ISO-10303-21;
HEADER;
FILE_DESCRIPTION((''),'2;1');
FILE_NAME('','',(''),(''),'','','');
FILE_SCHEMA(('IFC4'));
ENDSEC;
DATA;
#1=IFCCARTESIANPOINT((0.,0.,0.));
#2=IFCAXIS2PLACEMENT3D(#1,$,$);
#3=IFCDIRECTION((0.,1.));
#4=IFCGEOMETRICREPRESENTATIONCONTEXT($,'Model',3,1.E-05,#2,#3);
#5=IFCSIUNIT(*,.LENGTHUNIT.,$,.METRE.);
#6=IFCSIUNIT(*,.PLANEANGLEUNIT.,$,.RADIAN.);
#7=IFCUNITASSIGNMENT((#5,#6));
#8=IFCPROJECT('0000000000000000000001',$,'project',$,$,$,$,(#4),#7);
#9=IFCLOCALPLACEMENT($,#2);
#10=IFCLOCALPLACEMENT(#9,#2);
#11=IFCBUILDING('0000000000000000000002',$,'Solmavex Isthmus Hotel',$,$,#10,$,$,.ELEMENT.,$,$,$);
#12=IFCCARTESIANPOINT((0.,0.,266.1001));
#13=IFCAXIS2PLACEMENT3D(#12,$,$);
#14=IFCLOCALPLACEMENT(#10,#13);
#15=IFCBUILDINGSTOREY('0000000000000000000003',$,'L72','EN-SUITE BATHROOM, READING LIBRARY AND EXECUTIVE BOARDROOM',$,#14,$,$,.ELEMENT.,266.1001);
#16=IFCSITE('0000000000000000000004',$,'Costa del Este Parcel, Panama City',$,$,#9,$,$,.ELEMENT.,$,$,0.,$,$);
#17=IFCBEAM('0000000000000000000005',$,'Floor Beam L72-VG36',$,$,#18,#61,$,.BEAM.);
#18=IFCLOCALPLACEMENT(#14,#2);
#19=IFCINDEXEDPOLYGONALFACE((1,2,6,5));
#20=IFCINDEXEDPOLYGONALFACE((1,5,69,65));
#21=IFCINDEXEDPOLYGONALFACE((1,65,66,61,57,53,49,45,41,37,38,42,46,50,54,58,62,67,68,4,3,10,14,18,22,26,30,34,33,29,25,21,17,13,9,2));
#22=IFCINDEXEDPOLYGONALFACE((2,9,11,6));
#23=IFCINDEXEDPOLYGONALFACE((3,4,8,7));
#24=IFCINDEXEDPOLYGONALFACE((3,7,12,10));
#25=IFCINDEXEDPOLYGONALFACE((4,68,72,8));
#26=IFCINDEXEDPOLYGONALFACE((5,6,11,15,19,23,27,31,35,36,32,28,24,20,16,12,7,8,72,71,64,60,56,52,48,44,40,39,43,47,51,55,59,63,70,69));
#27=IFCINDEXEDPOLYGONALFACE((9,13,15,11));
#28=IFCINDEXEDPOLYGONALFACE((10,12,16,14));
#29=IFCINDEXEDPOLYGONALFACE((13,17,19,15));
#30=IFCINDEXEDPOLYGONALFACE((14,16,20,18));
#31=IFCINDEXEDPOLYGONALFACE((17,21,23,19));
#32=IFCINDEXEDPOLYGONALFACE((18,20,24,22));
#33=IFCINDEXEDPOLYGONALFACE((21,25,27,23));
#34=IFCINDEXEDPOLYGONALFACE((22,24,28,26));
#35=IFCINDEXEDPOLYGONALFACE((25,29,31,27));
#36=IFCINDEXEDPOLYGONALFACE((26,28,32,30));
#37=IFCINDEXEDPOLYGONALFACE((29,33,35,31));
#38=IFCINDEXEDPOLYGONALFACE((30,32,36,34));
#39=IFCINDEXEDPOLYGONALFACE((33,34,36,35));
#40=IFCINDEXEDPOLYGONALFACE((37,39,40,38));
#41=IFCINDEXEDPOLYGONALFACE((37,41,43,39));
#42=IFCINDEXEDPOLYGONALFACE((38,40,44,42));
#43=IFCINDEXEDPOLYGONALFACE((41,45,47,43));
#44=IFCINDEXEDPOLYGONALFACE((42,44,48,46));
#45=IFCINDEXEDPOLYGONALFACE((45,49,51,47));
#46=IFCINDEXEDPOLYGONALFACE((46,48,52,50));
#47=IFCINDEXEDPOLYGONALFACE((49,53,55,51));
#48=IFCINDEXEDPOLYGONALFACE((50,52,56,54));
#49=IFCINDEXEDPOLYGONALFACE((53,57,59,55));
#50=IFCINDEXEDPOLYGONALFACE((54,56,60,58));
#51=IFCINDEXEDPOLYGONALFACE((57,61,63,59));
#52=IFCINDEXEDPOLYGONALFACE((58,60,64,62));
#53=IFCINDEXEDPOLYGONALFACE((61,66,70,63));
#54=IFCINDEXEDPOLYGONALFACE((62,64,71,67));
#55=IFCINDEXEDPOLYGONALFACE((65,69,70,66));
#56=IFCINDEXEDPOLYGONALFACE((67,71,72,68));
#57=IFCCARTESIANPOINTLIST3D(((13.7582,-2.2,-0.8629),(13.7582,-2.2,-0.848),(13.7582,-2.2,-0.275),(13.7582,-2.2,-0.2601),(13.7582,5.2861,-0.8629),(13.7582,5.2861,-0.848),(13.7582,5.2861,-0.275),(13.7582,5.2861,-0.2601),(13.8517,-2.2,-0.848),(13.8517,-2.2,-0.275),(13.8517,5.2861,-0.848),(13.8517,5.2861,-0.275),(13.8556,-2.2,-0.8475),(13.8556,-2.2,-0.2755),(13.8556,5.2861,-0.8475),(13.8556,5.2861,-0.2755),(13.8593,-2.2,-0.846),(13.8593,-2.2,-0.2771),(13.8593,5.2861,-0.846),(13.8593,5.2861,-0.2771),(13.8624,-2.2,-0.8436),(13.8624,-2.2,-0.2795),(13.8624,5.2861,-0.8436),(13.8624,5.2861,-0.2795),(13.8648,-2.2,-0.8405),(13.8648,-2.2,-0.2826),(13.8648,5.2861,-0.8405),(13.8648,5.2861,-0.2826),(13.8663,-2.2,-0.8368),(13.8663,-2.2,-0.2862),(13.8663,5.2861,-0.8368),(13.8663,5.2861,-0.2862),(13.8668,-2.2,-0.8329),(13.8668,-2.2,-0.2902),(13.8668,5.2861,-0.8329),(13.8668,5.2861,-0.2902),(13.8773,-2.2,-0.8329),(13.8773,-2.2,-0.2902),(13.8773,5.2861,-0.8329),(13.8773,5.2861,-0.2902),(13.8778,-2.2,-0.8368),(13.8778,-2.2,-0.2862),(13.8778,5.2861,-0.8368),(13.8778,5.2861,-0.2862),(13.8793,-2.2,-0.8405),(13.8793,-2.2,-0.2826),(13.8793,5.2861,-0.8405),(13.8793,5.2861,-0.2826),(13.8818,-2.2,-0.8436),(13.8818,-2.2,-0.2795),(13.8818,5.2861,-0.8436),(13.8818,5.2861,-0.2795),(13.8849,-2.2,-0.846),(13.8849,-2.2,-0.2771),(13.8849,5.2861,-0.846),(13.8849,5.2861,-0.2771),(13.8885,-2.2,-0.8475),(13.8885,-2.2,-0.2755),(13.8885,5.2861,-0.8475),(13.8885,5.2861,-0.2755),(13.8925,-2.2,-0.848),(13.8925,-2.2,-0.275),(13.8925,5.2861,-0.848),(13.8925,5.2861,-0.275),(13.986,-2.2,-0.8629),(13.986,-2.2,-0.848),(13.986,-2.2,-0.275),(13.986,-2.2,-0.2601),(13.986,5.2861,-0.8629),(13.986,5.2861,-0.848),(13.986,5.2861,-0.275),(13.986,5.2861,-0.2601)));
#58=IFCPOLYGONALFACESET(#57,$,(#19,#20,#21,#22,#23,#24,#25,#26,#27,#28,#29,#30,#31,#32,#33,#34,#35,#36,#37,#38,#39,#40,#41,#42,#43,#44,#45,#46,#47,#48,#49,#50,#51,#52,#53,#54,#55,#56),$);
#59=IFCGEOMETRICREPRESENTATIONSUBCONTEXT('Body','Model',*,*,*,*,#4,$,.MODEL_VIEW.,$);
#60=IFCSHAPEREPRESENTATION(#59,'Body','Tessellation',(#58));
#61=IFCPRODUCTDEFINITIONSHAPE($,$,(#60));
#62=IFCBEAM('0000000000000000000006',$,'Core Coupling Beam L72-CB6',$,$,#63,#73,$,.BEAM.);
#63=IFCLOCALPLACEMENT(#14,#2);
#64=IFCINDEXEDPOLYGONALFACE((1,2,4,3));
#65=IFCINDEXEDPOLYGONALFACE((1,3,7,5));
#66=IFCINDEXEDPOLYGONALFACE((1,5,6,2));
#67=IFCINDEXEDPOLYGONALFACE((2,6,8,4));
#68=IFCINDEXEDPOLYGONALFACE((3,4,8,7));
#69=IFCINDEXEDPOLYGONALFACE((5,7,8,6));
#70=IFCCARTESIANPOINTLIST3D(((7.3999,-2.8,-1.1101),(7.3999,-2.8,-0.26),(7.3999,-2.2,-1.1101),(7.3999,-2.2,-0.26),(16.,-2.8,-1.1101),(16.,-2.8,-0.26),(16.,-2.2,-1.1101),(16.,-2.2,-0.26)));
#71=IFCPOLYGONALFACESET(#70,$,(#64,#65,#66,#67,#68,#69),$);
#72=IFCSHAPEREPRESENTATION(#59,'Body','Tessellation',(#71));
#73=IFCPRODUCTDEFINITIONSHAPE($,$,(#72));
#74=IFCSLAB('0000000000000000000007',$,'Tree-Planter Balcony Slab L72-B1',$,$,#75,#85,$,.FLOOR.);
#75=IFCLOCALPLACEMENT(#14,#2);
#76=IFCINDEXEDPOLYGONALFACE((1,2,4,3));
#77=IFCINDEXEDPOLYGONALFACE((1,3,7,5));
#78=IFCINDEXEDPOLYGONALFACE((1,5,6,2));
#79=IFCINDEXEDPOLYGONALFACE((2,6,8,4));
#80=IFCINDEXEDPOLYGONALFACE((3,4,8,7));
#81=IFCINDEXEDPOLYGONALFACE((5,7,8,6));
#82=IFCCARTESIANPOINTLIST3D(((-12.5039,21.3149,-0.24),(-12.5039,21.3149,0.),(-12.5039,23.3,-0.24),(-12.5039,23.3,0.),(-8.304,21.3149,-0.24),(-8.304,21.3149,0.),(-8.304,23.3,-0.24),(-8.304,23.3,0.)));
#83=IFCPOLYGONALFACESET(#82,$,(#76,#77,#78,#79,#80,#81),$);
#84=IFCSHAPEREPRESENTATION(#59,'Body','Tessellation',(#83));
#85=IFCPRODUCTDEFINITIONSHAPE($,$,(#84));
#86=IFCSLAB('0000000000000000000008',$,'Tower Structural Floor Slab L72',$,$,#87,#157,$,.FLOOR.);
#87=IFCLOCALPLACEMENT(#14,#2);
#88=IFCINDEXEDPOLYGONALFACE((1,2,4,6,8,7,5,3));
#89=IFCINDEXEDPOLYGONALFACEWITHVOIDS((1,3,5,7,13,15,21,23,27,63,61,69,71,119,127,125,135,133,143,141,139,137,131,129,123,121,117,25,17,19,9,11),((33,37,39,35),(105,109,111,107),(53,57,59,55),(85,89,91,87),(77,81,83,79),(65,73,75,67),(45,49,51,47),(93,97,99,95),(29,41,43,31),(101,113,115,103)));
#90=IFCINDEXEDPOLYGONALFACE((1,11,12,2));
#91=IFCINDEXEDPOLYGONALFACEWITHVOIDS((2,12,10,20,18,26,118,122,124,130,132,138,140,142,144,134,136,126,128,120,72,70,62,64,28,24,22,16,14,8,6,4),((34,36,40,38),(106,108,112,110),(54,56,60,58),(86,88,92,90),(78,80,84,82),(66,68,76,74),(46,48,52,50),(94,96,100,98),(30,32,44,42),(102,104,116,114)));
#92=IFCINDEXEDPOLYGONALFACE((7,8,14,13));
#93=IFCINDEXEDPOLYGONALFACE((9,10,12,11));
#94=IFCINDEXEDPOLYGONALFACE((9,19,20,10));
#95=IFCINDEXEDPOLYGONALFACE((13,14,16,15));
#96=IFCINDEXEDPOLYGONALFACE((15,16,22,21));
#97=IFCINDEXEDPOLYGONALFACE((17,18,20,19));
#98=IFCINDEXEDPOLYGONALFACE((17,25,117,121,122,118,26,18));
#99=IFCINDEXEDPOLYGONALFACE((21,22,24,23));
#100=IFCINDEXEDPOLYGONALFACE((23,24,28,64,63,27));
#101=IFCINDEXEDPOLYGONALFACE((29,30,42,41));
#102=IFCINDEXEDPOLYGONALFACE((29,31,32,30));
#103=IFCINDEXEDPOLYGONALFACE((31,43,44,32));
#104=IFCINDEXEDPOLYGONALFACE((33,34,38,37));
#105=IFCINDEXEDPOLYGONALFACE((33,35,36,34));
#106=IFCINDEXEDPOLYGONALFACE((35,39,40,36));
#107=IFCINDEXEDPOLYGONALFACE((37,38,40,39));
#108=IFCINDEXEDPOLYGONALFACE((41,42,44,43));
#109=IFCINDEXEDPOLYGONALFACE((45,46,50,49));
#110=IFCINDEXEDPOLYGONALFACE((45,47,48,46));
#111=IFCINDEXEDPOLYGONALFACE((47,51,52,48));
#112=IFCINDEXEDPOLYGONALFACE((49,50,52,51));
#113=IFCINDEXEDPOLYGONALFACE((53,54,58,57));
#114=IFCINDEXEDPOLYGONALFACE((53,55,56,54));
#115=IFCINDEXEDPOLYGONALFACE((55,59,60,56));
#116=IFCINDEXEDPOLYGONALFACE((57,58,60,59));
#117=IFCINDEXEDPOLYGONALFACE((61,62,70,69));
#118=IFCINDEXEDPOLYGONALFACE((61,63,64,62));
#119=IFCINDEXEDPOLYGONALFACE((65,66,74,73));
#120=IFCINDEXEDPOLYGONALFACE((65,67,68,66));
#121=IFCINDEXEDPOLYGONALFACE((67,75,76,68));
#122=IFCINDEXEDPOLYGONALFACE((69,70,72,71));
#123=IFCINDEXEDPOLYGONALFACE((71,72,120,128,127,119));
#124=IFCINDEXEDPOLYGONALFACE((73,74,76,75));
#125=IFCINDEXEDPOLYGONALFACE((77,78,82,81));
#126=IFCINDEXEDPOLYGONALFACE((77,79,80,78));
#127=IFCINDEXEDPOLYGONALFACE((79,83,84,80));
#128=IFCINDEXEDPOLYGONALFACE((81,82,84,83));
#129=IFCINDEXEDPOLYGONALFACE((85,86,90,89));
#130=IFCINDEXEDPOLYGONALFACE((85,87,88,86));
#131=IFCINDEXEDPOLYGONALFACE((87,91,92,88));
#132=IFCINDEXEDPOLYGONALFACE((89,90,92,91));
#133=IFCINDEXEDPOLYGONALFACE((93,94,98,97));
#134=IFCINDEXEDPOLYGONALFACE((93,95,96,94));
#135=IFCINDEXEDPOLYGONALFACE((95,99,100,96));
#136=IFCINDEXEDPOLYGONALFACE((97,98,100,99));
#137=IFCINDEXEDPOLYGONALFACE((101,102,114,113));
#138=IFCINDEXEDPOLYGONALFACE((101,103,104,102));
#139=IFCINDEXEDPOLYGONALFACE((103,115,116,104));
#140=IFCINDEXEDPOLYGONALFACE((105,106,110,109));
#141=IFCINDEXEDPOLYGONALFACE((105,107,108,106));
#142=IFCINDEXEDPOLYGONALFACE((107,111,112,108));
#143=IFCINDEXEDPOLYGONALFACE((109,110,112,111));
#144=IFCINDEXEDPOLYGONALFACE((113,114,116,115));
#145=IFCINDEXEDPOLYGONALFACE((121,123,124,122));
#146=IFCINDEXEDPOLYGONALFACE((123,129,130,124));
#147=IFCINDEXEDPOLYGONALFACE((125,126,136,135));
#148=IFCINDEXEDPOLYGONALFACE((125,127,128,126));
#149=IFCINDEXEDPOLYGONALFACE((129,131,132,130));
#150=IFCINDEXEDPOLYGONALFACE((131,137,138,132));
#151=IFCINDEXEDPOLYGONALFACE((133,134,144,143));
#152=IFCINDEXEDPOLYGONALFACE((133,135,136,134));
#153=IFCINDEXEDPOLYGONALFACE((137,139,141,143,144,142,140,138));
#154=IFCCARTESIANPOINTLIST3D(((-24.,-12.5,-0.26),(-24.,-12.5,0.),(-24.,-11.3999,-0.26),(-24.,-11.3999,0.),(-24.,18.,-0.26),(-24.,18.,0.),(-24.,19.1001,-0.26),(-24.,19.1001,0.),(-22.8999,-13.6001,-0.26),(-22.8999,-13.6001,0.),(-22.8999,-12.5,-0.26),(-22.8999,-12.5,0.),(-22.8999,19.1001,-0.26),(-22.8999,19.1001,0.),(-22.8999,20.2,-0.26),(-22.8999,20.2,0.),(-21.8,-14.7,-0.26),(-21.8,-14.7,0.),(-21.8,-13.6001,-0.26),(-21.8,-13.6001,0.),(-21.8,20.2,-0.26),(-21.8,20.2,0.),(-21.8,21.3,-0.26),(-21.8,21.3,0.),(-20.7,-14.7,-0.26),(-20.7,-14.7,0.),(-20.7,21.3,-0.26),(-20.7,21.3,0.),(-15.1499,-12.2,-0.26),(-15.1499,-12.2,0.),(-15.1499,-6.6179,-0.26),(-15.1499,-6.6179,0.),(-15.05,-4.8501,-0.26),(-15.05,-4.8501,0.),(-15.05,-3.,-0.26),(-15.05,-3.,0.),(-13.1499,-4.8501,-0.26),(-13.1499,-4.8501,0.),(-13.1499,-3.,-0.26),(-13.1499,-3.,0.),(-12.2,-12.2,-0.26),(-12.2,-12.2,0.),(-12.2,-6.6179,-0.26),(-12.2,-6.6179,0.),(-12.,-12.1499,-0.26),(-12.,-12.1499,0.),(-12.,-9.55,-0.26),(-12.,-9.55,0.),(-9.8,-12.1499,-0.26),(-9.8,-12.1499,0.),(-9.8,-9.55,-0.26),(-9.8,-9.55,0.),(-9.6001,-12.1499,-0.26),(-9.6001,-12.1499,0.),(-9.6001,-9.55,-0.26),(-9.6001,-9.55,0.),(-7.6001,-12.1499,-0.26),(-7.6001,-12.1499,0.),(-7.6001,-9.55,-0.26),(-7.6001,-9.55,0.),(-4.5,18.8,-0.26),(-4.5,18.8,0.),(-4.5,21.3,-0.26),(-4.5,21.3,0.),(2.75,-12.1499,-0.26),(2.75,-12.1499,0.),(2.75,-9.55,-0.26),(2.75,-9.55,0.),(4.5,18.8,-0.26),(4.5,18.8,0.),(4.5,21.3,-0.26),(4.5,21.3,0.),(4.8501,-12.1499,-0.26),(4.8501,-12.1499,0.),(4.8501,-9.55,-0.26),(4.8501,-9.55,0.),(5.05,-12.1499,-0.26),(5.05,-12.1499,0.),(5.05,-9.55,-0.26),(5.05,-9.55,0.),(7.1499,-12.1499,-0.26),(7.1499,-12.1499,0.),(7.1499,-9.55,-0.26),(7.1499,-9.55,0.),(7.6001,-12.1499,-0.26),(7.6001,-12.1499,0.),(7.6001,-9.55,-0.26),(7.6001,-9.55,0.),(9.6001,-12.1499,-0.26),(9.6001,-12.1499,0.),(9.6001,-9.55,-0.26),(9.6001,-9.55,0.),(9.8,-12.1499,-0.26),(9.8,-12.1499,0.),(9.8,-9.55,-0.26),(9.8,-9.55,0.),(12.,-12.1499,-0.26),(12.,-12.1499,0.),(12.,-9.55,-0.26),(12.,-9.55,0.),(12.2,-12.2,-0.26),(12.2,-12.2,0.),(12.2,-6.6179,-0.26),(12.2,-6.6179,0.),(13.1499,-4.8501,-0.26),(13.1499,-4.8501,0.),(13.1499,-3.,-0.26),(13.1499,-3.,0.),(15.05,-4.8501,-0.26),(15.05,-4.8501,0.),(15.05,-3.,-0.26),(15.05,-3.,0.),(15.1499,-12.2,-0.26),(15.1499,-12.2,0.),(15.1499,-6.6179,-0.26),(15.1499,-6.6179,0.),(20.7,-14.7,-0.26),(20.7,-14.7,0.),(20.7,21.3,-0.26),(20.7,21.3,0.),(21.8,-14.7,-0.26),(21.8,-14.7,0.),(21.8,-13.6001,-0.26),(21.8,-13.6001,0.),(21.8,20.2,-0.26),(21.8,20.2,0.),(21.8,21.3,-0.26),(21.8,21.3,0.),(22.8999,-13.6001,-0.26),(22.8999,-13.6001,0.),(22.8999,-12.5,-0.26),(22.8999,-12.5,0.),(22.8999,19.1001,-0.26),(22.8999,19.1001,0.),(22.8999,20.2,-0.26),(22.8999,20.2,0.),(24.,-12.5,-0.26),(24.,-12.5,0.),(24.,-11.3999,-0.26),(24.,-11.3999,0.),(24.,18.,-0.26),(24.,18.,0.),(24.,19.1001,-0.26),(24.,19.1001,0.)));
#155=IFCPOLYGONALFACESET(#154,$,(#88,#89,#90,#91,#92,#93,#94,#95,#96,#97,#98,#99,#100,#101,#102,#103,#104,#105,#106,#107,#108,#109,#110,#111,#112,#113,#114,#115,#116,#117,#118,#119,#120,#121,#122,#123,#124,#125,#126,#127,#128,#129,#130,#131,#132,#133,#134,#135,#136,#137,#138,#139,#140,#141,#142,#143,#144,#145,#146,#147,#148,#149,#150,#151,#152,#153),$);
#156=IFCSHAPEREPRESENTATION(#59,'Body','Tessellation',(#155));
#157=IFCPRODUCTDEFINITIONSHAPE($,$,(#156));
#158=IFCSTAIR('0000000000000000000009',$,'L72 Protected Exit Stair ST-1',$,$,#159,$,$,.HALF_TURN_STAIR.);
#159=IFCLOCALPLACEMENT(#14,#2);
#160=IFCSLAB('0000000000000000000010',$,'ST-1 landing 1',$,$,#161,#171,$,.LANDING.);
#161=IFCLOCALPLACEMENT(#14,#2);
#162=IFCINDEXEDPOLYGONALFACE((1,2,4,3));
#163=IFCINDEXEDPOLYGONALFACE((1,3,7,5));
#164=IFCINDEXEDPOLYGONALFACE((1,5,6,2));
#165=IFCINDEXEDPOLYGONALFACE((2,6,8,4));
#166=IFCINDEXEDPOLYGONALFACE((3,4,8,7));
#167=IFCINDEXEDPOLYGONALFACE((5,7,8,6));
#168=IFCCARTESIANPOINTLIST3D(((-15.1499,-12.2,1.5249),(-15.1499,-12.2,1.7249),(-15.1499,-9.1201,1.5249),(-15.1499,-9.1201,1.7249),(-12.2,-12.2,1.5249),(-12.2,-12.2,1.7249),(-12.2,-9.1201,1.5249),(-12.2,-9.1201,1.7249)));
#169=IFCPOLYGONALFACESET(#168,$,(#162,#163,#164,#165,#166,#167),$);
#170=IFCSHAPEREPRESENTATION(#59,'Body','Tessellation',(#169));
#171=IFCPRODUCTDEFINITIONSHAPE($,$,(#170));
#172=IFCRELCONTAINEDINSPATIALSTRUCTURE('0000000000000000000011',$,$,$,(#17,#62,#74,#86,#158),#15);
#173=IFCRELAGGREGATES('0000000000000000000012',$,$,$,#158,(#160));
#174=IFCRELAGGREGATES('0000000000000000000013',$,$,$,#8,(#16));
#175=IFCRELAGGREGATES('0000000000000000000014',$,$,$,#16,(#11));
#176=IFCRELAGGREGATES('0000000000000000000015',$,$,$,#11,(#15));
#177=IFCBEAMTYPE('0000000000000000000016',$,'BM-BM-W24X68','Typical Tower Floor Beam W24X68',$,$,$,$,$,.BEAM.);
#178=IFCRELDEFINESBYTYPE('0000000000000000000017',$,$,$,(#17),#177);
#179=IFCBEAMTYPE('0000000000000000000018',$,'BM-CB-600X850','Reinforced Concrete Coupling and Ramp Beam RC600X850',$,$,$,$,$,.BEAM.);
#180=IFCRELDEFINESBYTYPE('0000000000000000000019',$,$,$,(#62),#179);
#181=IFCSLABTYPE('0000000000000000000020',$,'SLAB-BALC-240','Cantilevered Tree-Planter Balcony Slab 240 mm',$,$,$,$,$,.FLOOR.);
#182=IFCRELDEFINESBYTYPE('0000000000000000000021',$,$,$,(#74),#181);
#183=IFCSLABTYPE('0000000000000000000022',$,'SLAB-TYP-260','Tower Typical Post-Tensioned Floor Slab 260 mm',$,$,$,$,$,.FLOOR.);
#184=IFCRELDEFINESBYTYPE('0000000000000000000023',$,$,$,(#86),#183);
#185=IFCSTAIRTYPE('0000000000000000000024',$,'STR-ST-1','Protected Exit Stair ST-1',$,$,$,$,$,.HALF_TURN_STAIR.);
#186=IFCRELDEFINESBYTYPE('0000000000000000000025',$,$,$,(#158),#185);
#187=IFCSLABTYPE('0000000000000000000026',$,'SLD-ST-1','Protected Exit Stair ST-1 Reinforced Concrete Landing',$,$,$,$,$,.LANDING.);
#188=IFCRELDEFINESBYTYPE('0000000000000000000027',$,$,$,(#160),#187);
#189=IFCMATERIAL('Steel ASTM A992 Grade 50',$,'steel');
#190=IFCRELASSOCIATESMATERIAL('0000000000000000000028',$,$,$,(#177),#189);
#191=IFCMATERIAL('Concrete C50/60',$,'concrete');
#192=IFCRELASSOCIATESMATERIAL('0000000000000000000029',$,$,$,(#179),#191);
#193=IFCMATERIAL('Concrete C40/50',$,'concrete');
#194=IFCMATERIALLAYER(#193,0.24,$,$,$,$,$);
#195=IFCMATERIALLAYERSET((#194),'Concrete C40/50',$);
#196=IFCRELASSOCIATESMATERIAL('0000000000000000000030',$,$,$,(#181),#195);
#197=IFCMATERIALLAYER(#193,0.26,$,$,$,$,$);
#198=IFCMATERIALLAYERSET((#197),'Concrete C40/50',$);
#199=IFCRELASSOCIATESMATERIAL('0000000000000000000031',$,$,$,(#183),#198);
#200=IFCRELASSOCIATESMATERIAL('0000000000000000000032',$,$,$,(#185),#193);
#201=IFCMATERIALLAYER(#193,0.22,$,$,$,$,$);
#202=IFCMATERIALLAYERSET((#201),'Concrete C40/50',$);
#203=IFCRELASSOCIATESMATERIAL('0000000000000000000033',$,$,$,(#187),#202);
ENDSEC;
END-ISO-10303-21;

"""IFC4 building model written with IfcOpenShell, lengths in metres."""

from ifc_helpers import new_model, si_unit, direction, frame, origin, origin_2d, place, context, subcontext, project, spatial, polyline, rectangle, i_section, outline, extrude, material, layer, layer_set, material_profile, profile_set, type_object, element, aggregate, save


model = new_model("IFC4")

# Units and contexts
model_context = context("Model", 3, precision=1e-05, world=origin(), true_north=direction((0.0, 1.0)))
body_context = subcontext(model_context, "Body", "Model", "MODEL_VIEW")
ifc_project = project(units=[si_unit("LENGTHUNIT", "METRE"), si_unit("PLANEANGLEUNIT", "RADIAN")], contexts=[model_context])

# Site, building, storey
site_placement = place(None, origin())
site = spatial("IfcSite", under=ifc_project, at=site_placement, Name="Costa del Este Parcel, Panama City", CompositionType="ELEMENT", RefElevation=0.0)
building_placement = place(site_placement, origin())
building = spatial("IfcBuilding", under=site, at=building_placement, Name="Solmavex Isthmus Hotel", CompositionType="ELEMENT")
storey_placement = place(building_placement, frame((0.0, 0.0, 266.1001)))
storey = spatial("IfcBuildingStorey", under=building, at=storey_placement, Name="L72", Description="EN-SUITE BATHROOM, READING LIBRARY AND EXECUTIVE BOARDROOM", CompositionType="ELEMENT", Elevation=266.1001)

# Shared definitions
ifc_material_1 = material(Name="Concrete C50/60", Category="concrete")

# Beams
ifc_material_2 = material(Name="Steel ASTM A992 Grade 50", Category="steel")
ifc_material_profile_1 = material_profile(ifc_material_2, i_section(OverallWidth=0.2278, OverallDepth=0.6028, WebThickness=0.0105, FlangeThickness=0.0149, FilletRadius=0.0151, at=origin_2d()), Name="W24X68")
ifc_profile_set_1 = profile_set([ifc_material_profile_1], Name="Steel ASTM A992 Grade 50")
beam_type_1 = type_object("IfcBeamType", Name="BM-BM-W24X68", Description="Typical Tower Floor Beam W24X68", PredefinedType="BEAM", material=ifc_profile_set_1)
beam_1_placement = place(storey_placement, frame((13.8721, -2.2, -0.5615), z_axis=(0.0, 1.0, 0.0), x_axis=(-1.0, 0.0, 0.0)))
element("IfcBeam", 1, at=beam_1_placement, inside=storey, type_object=beam_type_1, Name="Floor Beam L72-VG36", PredefinedType="BEAM", context=body_context, shape_type="SweptSolid", body=[
    extrude(i_section(OverallWidth=0.2278, OverallDepth=0.6028, WebThickness=0.0105, FlangeThickness=0.0149, FilletRadius=0.0151, at=origin_2d()), origin(), (0.0, 0.0, 1.0), 7.4861),
])
ifc_material_profile_2 = material_profile(ifc_material_1, rectangle(XDim=0.6001, YDim=0.8501, at=origin_2d()), Name="RC600X850")
ifc_profile_set_2 = profile_set([ifc_material_profile_2], Name="Concrete C50/60")
beam_type_2 = type_object("IfcBeamType", Name="BM-CB-600X850", Description="Reinforced Concrete Coupling and Ramp Beam RC600X850", PredefinedType="BEAM", material=ifc_profile_set_2)
beam_2_placement = place(storey_placement, frame((7.3999, -2.5, -0.6851), z_axis=(1.0, 0.0, 0.0), x_axis=(0.0, 1.0, 0.0)))
element("IfcBeam", 2, at=beam_2_placement, inside=storey, type_object=beam_type_2, Name="Core Coupling Beam L72-CB6", PredefinedType="BEAM", context=body_context, shape_type="SweptSolid", body=[
    extrude(rectangle(XDim=0.6001, YDim=0.8501, at=origin_2d()), origin(), (0.0, 0.0, 1.0), 8.6001),
])

# Slabs
ifc_material_3 = material(Name="Concrete C40/50", Category="concrete")
ifc_layer_1 = layer(ifc_material_3, 0.24)
ifc_layer_set_1 = layer_set([ifc_layer_1], Name="Concrete C40/50")
slab_type_1 = type_object("IfcSlabType", Name="SLAB-BALC-240", Description="Cantilevered Tree-Planter Balcony Slab 240 mm", PredefinedType="FLOOR", material=ifc_layer_set_1)
slab_1_placement = place(storey_placement, frame((0.0, 0.0, -0.24)))
element("IfcSlab", 3, at=slab_1_placement, inside=storey, type_object=slab_type_1, Name="Tree-Planter Balcony Slab L72-B1", PredefinedType="FLOOR", context=body_context, shape_type="SweptSolid", body=[
    extrude(outline(polyline([(-12.5039, 21.3149), (-8.304, 21.3149), (-8.304, 23.3), (-12.5039, 23.3), (-12.5039, 21.3149)])), origin(), (0.0, 0.0, 1.0), 0.24),
])
ifc_layer_2 = layer(ifc_material_3, 0.26)
ifc_layer_set_2 = layer_set([ifc_layer_2], Name="Concrete C40/50")
slab_type_2 = type_object("IfcSlabType", Name="SLAB-TYP-260", Description="Tower Typical Post-Tensioned Floor Slab 260 mm", PredefinedType="FLOOR", material=ifc_layer_set_2)
slab_2_placement = place(storey_placement, frame((0.0, 0.0, -0.26)))
element("IfcSlab", 4, at=slab_2_placement, inside=storey, type_object=slab_type_2, Name="Tower Structural Floor Slab L72", PredefinedType="FLOOR", context=body_context, shape_type="SweptSolid", body=[
    extrude(outline(polyline([(4.5, 21.3), (4.5, 18.8), (-4.5, 18.8), (-4.5, 21.3), (-20.7, 21.3), (-21.8, 21.3), (-21.8, 20.2), (-22.8999, 20.2), (-22.8999, 19.1001), (-24.0, 19.1001), (-24.0, 18.0), (-24.0, -11.3999), (-24.0, -12.5), (-22.8999, -12.5), (-22.8999, -13.6001), (-21.8, -13.6001), (-21.8, -14.7), (-20.7, -14.7), (20.7, -14.7), (21.8, -14.7), (21.8, -13.6001), (22.8999, -13.6001), (22.8999, -12.5), (24.0, -12.5), (24.0, -11.3999), (24.0, 18.0), (24.0, 19.1001), (22.8999, 19.1001), (22.8999, 20.2), (21.8, 20.2), (21.8, 21.3), (20.7, 21.3), (4.5, 21.3)]), holes=[polyline([(-15.1499, -6.6179), (-15.1499, -12.2), (-12.2, -12.2), (-12.2, -6.6179), (-15.1499, -6.6179)]), polyline([(12.2, -6.6179), (12.2, -12.2), (15.1499, -12.2), (15.1499, -6.6179), (12.2, -6.6179)]), polyline([(-12.0, -12.1499), (-9.8, -12.1499), (-9.8, -9.55), (-12.0, -9.55), (-12.0, -12.1499)]), polyline([(9.8, -12.1499), (12.0, -12.1499), (12.0, -9.55), (9.8, -9.55), (9.8, -12.1499)]), polyline([(-9.6001, -12.1499), (-7.6001, -12.1499), (-7.6001, -9.55), (-9.6001, -9.55), (-9.6001, -12.1499)]), polyline([(7.6001, -12.1499), (9.6001, -12.1499), (9.6001, -9.55), (7.6001, -9.55), (7.6001, -12.1499)]), polyline([(2.75, -12.1499), (4.8501, -12.1499), (4.8501, -9.55), (2.75, -9.55), (2.75, -12.1499)]), polyline([(5.05, -12.1499), (7.1499, -12.1499), (7.1499, -9.55), (5.05, -9.55), (5.05, -12.1499)]), polyline([(-15.05, -4.8501), (-13.1499, -4.8501), (-13.1499, -3.0), (-15.05, -3.0), (-15.05, -4.8501)]), polyline([(13.1499, -4.8501), (15.05, -4.8501), (15.05, -3.0), (13.1499, -3.0), (13.1499, -4.8501)])]), origin(), (0.0, 0.0, 1.0), 0.26),
])

# Stair, slab
stair_type_1 = type_object("IfcStairType", Name="STR-ST-1", Description="Protected Exit Stair ST-1", PredefinedType="HALF_TURN_STAIR", material=ifc_material_3)
stair_1_placement = place(storey_placement, origin())
stair_1 = element("IfcStair", 5, at=stair_1_placement, inside=storey, type_object=stair_type_1, Name="L72 Protected Exit Stair ST-1", PredefinedType="HALF_TURN_STAIR")
ifc_layer_3 = layer(ifc_material_3, 0.22)
ifc_layer_set_3 = layer_set([ifc_layer_3], Name="Concrete C40/50")
slab_type_3 = type_object("IfcSlabType", Name="SLD-ST-1", Description="Protected Exit Stair ST-1 Reinforced Concrete Landing", PredefinedType="LANDING", material=ifc_layer_set_3)
slab_3_placement = place(storey_placement, frame((0.0, 0.0, 1.5249)))
slab_3 = element("IfcSlab", 6, at=slab_3_placement, type_object=slab_type_3, Name="ST-1 landing 1", PredefinedType="LANDING", context=body_context, shape_type="SweptSolid", body=[
    extrude(outline(polyline([(-15.1499, -9.1201), (-15.1499, -12.2), (-12.2, -12.2), (-12.2, -9.1201), (-15.1499, -9.1201)])), origin(), (0.0, 0.0, 1.0), 0.2),
])
aggregate(stair_1, [slab_3])

save(model, "model.ifc")
